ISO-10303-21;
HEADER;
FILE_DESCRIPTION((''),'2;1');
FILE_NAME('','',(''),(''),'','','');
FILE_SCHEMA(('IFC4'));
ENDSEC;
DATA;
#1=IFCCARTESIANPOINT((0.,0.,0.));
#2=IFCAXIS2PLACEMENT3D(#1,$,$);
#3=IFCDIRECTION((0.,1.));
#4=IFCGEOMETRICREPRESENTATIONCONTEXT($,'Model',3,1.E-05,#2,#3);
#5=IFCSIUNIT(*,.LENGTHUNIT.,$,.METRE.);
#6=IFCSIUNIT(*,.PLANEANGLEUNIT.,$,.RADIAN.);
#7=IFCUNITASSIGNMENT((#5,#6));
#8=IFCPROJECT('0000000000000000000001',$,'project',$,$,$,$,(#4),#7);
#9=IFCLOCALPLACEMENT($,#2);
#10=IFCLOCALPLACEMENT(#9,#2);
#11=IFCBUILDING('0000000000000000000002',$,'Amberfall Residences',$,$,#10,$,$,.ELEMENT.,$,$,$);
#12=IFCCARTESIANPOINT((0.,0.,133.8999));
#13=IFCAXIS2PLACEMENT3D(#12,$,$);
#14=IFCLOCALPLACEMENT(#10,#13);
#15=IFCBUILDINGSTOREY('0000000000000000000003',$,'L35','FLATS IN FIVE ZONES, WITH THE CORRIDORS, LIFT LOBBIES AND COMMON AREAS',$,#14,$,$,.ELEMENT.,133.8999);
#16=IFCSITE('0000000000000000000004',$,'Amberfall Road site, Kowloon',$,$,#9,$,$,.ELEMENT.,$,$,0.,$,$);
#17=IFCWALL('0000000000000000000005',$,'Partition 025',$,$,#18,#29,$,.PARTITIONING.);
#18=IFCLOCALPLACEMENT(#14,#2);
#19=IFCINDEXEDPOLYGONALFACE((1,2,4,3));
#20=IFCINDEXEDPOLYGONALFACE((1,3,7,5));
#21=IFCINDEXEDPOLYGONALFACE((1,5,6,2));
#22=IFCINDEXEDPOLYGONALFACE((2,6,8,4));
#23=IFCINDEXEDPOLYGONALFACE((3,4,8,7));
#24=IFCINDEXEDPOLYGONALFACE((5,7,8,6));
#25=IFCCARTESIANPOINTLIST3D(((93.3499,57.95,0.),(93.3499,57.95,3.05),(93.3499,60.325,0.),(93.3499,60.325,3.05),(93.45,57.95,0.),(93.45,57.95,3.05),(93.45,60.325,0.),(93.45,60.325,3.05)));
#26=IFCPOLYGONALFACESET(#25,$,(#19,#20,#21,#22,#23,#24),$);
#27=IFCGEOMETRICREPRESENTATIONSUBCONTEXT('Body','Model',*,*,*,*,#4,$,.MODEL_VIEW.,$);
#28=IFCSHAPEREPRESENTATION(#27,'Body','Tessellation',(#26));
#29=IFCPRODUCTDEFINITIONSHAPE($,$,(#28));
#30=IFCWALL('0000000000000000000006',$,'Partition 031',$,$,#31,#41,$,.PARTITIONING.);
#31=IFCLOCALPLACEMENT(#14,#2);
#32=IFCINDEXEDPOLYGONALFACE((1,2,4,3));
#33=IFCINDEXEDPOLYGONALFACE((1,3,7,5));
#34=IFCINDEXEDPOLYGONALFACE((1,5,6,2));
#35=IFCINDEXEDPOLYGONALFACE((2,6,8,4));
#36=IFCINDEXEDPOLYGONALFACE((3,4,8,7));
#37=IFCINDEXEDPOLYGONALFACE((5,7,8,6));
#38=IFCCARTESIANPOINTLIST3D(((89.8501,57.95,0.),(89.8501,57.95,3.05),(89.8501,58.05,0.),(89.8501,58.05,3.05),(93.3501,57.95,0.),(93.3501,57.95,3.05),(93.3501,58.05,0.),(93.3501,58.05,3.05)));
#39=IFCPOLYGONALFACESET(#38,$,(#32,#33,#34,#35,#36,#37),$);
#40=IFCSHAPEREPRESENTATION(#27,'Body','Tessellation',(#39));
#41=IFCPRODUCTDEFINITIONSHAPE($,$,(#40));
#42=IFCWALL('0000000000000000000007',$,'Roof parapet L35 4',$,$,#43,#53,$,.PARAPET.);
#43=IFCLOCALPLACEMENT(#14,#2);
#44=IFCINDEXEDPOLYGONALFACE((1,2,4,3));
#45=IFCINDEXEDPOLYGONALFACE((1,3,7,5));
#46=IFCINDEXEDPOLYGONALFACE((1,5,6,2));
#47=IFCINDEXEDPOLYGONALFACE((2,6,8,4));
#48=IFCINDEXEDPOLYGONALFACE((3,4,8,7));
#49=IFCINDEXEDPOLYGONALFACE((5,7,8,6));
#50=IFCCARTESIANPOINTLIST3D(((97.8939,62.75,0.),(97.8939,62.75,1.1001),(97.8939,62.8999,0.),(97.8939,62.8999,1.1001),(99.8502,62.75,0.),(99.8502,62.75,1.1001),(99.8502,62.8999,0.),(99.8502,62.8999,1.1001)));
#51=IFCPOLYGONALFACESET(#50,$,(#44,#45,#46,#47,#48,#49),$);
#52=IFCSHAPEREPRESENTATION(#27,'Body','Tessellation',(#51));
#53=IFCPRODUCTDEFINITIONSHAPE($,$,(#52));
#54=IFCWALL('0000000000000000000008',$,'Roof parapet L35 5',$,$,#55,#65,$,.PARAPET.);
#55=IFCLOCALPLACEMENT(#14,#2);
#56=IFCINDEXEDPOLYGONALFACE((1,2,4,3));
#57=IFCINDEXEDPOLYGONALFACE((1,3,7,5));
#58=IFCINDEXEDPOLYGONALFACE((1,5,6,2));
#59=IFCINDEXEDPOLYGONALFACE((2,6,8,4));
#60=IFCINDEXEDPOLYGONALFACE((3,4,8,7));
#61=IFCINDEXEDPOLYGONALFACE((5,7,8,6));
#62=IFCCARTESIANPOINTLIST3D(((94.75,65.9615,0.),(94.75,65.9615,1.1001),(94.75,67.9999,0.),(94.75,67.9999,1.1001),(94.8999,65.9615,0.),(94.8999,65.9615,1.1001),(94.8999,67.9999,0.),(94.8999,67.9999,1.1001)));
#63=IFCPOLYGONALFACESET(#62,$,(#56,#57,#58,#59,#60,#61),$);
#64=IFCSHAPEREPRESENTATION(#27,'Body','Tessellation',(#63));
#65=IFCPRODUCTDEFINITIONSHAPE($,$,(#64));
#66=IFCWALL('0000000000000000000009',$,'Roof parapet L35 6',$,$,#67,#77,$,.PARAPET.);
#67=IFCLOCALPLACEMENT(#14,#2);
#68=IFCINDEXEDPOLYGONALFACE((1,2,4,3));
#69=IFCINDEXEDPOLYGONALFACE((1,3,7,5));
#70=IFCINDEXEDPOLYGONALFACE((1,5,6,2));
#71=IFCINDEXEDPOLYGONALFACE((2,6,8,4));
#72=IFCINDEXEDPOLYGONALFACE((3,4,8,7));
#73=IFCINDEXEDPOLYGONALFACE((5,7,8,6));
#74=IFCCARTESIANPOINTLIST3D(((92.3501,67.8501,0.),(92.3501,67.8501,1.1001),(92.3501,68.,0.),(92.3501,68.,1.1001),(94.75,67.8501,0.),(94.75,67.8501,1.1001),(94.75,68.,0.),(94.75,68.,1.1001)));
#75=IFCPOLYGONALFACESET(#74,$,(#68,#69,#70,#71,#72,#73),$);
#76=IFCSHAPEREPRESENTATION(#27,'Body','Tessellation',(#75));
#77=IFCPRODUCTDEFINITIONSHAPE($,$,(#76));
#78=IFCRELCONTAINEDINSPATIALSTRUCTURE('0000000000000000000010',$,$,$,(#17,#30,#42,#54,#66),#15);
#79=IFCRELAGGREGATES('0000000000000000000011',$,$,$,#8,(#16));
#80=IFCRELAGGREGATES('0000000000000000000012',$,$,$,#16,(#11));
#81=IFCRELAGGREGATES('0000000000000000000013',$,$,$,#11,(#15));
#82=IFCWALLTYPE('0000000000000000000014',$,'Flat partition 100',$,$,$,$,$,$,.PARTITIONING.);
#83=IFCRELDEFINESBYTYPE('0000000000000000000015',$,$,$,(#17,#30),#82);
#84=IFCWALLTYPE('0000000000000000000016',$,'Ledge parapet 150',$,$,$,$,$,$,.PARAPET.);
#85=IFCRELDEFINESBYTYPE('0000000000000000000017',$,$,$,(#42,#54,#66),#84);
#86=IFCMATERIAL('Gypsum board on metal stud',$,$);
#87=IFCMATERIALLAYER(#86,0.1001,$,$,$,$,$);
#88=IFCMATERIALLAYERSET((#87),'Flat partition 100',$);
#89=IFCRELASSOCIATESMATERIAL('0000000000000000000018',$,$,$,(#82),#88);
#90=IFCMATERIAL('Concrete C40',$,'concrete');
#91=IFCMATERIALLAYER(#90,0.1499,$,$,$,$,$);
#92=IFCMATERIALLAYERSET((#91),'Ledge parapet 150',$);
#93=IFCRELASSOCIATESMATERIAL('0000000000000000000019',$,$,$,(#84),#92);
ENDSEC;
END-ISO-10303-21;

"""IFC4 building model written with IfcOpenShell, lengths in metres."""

from ifc_helpers import new_model, si_unit, direction, frame, frame_2d, origin, place, context, subcontext, project, spatial, rectangle, extrude, material, layer, layer_set, type_object, element, save


model = new_model("IFC4")

# Units and contexts
model_context = context("Model", 3, precision=1e-05, world=origin(), true_north=direction((0.0, 1.0)))
body_context = subcontext(model_context, "Body", "Model", "MODEL_VIEW")
ifc_project = project(units=[si_unit("LENGTHUNIT", "METRE"), si_unit("PLANEANGLEUNIT", "RADIAN")], contexts=[model_context])

# Site, building, storey
site_placement = place(None, origin())
site = spatial("IfcSite", under=ifc_project, at=site_placement, Name="Amberfall Road site, Kowloon", CompositionType="ELEMENT", RefElevation=0.0)
building_placement = place(site_placement, origin())
building = spatial("IfcBuilding", under=site, at=building_placement, Name="Amberfall Residences", CompositionType="ELEMENT")
storey_placement = place(building_placement, frame((0.0, 0.0, 133.8999)))
storey = spatial("IfcBuildingStorey", under=building, at=storey_placement, Name="L35", Description="FLATS IN FIVE ZONES, WITH THE CORRIDORS, LIFT LOBBIES AND COMMON AREAS", CompositionType="ELEMENT", Elevation=133.8999)

# Walls
ifc_material_1 = material(Name="Gypsum board on metal stud")
ifc_layer_1 = layer(ifc_material_1, 0.1001)
ifc_layer_set_1 = layer_set([ifc_layer_1], Name="Flat partition 100")
wall_type_1 = type_object("IfcWallType", Name="Flat partition 100", PredefinedType="PARTITIONING", material=ifc_layer_set_1)
wall_1_placement = place(storey_placement, frame((93.3999, 57.95, 0.0), z_axis=(0.0, 0.0, 1.0), x_axis=(0.0, 1.0, 0.0)))
element("IfcWall", 1, at=wall_1_placement, inside=storey, type_object=wall_type_1, Name="Partition 025", PredefinedType="PARTITIONING", context=body_context, shape_type="SweptSolid", body=[
    extrude(rectangle(XDim=2.375, YDim=0.1001, at=frame_2d((1.1875, 0.0))), origin(), (0.0, 0.0, 1.0), 3.05),
])
wall_2_placement = place(storey_placement, frame((89.8501, 58.0, 0.0), z_axis=(0.0, 0.0, 1.0), x_axis=(1.0, 0.0, 0.0)))
element("IfcWall", 2, at=wall_2_placement, inside=storey, type_object=wall_type_1, Name="Partition 031", PredefinedType="PARTITIONING", context=body_context, shape_type="SweptSolid", body=[
    extrude(rectangle(XDim=3.5, YDim=0.1001, at=frame_2d((1.75, 0.0))), origin(), (0.0, 0.0, 1.0), 3.05),
])
ifc_material_2 = material(Name="Concrete C40", Category="concrete")
ifc_layer_2 = layer(ifc_material_2, 0.1499)
ifc_layer_set_2 = layer_set([ifc_layer_2], Name="Ledge parapet 150")
wall_type_2 = type_object("IfcWallType", Name="Ledge parapet 150", PredefinedType="PARAPET", material=ifc_layer_set_2)
wall_3_placement = place(storey_placement, frame((99.8501, 62.825, 0.0), z_axis=(0.0, 0.0, 1.0), x_axis=(-1.0, 0.0, 0.0)))
element("IfcWall", 3, at=wall_3_placement, inside=storey, type_object=wall_type_2, Name="Roof parapet L35 4", PredefinedType="PARAPET", context=body_context, shape_type="SweptSolid", body=[
    extrude(rectangle(XDim=1.9563, YDim=0.1499, at=frame_2d((0.978, 0.0))), origin(), (0.0, 0.0, 1.0), 1.1001),
])
wall_4_placement = place(storey_placement, frame((94.825, 65.9617, 0.0), z_axis=(0.0, 0.0, 1.0), x_axis=(0.0, 1.0, 0.0)))
element("IfcWall", 4, at=wall_4_placement, inside=storey, type_object=wall_type_2, Name="Roof parapet L35 5", PredefinedType="PARAPET", context=body_context, shape_type="SweptSolid", body=[
    extrude(rectangle(XDim=2.0383, YDim=0.1499, at=frame_2d((1.019, 0.0))), origin(), (0.0, 0.0, 1.0), 1.1001),
])
wall_5_placement = place(storey_placement, frame((94.75, 67.925, 0.0), z_axis=(0.0, 0.0, 1.0), x_axis=(-1.0, 0.0, 0.0)))
element("IfcWall", 5, at=wall_5_placement, inside=storey, type_object=wall_type_2, Name="Roof parapet L35 6", PredefinedType="PARAPET", context=body_context, shape_type="SweptSolid", body=[
    extrude(rectangle(XDim=2.3999, YDim=0.1499, at=frame_2d((1.2, 0.0))), origin(), (0.0, 0.0, 1.0), 1.1001),
])

save(model, "model.ifc")
